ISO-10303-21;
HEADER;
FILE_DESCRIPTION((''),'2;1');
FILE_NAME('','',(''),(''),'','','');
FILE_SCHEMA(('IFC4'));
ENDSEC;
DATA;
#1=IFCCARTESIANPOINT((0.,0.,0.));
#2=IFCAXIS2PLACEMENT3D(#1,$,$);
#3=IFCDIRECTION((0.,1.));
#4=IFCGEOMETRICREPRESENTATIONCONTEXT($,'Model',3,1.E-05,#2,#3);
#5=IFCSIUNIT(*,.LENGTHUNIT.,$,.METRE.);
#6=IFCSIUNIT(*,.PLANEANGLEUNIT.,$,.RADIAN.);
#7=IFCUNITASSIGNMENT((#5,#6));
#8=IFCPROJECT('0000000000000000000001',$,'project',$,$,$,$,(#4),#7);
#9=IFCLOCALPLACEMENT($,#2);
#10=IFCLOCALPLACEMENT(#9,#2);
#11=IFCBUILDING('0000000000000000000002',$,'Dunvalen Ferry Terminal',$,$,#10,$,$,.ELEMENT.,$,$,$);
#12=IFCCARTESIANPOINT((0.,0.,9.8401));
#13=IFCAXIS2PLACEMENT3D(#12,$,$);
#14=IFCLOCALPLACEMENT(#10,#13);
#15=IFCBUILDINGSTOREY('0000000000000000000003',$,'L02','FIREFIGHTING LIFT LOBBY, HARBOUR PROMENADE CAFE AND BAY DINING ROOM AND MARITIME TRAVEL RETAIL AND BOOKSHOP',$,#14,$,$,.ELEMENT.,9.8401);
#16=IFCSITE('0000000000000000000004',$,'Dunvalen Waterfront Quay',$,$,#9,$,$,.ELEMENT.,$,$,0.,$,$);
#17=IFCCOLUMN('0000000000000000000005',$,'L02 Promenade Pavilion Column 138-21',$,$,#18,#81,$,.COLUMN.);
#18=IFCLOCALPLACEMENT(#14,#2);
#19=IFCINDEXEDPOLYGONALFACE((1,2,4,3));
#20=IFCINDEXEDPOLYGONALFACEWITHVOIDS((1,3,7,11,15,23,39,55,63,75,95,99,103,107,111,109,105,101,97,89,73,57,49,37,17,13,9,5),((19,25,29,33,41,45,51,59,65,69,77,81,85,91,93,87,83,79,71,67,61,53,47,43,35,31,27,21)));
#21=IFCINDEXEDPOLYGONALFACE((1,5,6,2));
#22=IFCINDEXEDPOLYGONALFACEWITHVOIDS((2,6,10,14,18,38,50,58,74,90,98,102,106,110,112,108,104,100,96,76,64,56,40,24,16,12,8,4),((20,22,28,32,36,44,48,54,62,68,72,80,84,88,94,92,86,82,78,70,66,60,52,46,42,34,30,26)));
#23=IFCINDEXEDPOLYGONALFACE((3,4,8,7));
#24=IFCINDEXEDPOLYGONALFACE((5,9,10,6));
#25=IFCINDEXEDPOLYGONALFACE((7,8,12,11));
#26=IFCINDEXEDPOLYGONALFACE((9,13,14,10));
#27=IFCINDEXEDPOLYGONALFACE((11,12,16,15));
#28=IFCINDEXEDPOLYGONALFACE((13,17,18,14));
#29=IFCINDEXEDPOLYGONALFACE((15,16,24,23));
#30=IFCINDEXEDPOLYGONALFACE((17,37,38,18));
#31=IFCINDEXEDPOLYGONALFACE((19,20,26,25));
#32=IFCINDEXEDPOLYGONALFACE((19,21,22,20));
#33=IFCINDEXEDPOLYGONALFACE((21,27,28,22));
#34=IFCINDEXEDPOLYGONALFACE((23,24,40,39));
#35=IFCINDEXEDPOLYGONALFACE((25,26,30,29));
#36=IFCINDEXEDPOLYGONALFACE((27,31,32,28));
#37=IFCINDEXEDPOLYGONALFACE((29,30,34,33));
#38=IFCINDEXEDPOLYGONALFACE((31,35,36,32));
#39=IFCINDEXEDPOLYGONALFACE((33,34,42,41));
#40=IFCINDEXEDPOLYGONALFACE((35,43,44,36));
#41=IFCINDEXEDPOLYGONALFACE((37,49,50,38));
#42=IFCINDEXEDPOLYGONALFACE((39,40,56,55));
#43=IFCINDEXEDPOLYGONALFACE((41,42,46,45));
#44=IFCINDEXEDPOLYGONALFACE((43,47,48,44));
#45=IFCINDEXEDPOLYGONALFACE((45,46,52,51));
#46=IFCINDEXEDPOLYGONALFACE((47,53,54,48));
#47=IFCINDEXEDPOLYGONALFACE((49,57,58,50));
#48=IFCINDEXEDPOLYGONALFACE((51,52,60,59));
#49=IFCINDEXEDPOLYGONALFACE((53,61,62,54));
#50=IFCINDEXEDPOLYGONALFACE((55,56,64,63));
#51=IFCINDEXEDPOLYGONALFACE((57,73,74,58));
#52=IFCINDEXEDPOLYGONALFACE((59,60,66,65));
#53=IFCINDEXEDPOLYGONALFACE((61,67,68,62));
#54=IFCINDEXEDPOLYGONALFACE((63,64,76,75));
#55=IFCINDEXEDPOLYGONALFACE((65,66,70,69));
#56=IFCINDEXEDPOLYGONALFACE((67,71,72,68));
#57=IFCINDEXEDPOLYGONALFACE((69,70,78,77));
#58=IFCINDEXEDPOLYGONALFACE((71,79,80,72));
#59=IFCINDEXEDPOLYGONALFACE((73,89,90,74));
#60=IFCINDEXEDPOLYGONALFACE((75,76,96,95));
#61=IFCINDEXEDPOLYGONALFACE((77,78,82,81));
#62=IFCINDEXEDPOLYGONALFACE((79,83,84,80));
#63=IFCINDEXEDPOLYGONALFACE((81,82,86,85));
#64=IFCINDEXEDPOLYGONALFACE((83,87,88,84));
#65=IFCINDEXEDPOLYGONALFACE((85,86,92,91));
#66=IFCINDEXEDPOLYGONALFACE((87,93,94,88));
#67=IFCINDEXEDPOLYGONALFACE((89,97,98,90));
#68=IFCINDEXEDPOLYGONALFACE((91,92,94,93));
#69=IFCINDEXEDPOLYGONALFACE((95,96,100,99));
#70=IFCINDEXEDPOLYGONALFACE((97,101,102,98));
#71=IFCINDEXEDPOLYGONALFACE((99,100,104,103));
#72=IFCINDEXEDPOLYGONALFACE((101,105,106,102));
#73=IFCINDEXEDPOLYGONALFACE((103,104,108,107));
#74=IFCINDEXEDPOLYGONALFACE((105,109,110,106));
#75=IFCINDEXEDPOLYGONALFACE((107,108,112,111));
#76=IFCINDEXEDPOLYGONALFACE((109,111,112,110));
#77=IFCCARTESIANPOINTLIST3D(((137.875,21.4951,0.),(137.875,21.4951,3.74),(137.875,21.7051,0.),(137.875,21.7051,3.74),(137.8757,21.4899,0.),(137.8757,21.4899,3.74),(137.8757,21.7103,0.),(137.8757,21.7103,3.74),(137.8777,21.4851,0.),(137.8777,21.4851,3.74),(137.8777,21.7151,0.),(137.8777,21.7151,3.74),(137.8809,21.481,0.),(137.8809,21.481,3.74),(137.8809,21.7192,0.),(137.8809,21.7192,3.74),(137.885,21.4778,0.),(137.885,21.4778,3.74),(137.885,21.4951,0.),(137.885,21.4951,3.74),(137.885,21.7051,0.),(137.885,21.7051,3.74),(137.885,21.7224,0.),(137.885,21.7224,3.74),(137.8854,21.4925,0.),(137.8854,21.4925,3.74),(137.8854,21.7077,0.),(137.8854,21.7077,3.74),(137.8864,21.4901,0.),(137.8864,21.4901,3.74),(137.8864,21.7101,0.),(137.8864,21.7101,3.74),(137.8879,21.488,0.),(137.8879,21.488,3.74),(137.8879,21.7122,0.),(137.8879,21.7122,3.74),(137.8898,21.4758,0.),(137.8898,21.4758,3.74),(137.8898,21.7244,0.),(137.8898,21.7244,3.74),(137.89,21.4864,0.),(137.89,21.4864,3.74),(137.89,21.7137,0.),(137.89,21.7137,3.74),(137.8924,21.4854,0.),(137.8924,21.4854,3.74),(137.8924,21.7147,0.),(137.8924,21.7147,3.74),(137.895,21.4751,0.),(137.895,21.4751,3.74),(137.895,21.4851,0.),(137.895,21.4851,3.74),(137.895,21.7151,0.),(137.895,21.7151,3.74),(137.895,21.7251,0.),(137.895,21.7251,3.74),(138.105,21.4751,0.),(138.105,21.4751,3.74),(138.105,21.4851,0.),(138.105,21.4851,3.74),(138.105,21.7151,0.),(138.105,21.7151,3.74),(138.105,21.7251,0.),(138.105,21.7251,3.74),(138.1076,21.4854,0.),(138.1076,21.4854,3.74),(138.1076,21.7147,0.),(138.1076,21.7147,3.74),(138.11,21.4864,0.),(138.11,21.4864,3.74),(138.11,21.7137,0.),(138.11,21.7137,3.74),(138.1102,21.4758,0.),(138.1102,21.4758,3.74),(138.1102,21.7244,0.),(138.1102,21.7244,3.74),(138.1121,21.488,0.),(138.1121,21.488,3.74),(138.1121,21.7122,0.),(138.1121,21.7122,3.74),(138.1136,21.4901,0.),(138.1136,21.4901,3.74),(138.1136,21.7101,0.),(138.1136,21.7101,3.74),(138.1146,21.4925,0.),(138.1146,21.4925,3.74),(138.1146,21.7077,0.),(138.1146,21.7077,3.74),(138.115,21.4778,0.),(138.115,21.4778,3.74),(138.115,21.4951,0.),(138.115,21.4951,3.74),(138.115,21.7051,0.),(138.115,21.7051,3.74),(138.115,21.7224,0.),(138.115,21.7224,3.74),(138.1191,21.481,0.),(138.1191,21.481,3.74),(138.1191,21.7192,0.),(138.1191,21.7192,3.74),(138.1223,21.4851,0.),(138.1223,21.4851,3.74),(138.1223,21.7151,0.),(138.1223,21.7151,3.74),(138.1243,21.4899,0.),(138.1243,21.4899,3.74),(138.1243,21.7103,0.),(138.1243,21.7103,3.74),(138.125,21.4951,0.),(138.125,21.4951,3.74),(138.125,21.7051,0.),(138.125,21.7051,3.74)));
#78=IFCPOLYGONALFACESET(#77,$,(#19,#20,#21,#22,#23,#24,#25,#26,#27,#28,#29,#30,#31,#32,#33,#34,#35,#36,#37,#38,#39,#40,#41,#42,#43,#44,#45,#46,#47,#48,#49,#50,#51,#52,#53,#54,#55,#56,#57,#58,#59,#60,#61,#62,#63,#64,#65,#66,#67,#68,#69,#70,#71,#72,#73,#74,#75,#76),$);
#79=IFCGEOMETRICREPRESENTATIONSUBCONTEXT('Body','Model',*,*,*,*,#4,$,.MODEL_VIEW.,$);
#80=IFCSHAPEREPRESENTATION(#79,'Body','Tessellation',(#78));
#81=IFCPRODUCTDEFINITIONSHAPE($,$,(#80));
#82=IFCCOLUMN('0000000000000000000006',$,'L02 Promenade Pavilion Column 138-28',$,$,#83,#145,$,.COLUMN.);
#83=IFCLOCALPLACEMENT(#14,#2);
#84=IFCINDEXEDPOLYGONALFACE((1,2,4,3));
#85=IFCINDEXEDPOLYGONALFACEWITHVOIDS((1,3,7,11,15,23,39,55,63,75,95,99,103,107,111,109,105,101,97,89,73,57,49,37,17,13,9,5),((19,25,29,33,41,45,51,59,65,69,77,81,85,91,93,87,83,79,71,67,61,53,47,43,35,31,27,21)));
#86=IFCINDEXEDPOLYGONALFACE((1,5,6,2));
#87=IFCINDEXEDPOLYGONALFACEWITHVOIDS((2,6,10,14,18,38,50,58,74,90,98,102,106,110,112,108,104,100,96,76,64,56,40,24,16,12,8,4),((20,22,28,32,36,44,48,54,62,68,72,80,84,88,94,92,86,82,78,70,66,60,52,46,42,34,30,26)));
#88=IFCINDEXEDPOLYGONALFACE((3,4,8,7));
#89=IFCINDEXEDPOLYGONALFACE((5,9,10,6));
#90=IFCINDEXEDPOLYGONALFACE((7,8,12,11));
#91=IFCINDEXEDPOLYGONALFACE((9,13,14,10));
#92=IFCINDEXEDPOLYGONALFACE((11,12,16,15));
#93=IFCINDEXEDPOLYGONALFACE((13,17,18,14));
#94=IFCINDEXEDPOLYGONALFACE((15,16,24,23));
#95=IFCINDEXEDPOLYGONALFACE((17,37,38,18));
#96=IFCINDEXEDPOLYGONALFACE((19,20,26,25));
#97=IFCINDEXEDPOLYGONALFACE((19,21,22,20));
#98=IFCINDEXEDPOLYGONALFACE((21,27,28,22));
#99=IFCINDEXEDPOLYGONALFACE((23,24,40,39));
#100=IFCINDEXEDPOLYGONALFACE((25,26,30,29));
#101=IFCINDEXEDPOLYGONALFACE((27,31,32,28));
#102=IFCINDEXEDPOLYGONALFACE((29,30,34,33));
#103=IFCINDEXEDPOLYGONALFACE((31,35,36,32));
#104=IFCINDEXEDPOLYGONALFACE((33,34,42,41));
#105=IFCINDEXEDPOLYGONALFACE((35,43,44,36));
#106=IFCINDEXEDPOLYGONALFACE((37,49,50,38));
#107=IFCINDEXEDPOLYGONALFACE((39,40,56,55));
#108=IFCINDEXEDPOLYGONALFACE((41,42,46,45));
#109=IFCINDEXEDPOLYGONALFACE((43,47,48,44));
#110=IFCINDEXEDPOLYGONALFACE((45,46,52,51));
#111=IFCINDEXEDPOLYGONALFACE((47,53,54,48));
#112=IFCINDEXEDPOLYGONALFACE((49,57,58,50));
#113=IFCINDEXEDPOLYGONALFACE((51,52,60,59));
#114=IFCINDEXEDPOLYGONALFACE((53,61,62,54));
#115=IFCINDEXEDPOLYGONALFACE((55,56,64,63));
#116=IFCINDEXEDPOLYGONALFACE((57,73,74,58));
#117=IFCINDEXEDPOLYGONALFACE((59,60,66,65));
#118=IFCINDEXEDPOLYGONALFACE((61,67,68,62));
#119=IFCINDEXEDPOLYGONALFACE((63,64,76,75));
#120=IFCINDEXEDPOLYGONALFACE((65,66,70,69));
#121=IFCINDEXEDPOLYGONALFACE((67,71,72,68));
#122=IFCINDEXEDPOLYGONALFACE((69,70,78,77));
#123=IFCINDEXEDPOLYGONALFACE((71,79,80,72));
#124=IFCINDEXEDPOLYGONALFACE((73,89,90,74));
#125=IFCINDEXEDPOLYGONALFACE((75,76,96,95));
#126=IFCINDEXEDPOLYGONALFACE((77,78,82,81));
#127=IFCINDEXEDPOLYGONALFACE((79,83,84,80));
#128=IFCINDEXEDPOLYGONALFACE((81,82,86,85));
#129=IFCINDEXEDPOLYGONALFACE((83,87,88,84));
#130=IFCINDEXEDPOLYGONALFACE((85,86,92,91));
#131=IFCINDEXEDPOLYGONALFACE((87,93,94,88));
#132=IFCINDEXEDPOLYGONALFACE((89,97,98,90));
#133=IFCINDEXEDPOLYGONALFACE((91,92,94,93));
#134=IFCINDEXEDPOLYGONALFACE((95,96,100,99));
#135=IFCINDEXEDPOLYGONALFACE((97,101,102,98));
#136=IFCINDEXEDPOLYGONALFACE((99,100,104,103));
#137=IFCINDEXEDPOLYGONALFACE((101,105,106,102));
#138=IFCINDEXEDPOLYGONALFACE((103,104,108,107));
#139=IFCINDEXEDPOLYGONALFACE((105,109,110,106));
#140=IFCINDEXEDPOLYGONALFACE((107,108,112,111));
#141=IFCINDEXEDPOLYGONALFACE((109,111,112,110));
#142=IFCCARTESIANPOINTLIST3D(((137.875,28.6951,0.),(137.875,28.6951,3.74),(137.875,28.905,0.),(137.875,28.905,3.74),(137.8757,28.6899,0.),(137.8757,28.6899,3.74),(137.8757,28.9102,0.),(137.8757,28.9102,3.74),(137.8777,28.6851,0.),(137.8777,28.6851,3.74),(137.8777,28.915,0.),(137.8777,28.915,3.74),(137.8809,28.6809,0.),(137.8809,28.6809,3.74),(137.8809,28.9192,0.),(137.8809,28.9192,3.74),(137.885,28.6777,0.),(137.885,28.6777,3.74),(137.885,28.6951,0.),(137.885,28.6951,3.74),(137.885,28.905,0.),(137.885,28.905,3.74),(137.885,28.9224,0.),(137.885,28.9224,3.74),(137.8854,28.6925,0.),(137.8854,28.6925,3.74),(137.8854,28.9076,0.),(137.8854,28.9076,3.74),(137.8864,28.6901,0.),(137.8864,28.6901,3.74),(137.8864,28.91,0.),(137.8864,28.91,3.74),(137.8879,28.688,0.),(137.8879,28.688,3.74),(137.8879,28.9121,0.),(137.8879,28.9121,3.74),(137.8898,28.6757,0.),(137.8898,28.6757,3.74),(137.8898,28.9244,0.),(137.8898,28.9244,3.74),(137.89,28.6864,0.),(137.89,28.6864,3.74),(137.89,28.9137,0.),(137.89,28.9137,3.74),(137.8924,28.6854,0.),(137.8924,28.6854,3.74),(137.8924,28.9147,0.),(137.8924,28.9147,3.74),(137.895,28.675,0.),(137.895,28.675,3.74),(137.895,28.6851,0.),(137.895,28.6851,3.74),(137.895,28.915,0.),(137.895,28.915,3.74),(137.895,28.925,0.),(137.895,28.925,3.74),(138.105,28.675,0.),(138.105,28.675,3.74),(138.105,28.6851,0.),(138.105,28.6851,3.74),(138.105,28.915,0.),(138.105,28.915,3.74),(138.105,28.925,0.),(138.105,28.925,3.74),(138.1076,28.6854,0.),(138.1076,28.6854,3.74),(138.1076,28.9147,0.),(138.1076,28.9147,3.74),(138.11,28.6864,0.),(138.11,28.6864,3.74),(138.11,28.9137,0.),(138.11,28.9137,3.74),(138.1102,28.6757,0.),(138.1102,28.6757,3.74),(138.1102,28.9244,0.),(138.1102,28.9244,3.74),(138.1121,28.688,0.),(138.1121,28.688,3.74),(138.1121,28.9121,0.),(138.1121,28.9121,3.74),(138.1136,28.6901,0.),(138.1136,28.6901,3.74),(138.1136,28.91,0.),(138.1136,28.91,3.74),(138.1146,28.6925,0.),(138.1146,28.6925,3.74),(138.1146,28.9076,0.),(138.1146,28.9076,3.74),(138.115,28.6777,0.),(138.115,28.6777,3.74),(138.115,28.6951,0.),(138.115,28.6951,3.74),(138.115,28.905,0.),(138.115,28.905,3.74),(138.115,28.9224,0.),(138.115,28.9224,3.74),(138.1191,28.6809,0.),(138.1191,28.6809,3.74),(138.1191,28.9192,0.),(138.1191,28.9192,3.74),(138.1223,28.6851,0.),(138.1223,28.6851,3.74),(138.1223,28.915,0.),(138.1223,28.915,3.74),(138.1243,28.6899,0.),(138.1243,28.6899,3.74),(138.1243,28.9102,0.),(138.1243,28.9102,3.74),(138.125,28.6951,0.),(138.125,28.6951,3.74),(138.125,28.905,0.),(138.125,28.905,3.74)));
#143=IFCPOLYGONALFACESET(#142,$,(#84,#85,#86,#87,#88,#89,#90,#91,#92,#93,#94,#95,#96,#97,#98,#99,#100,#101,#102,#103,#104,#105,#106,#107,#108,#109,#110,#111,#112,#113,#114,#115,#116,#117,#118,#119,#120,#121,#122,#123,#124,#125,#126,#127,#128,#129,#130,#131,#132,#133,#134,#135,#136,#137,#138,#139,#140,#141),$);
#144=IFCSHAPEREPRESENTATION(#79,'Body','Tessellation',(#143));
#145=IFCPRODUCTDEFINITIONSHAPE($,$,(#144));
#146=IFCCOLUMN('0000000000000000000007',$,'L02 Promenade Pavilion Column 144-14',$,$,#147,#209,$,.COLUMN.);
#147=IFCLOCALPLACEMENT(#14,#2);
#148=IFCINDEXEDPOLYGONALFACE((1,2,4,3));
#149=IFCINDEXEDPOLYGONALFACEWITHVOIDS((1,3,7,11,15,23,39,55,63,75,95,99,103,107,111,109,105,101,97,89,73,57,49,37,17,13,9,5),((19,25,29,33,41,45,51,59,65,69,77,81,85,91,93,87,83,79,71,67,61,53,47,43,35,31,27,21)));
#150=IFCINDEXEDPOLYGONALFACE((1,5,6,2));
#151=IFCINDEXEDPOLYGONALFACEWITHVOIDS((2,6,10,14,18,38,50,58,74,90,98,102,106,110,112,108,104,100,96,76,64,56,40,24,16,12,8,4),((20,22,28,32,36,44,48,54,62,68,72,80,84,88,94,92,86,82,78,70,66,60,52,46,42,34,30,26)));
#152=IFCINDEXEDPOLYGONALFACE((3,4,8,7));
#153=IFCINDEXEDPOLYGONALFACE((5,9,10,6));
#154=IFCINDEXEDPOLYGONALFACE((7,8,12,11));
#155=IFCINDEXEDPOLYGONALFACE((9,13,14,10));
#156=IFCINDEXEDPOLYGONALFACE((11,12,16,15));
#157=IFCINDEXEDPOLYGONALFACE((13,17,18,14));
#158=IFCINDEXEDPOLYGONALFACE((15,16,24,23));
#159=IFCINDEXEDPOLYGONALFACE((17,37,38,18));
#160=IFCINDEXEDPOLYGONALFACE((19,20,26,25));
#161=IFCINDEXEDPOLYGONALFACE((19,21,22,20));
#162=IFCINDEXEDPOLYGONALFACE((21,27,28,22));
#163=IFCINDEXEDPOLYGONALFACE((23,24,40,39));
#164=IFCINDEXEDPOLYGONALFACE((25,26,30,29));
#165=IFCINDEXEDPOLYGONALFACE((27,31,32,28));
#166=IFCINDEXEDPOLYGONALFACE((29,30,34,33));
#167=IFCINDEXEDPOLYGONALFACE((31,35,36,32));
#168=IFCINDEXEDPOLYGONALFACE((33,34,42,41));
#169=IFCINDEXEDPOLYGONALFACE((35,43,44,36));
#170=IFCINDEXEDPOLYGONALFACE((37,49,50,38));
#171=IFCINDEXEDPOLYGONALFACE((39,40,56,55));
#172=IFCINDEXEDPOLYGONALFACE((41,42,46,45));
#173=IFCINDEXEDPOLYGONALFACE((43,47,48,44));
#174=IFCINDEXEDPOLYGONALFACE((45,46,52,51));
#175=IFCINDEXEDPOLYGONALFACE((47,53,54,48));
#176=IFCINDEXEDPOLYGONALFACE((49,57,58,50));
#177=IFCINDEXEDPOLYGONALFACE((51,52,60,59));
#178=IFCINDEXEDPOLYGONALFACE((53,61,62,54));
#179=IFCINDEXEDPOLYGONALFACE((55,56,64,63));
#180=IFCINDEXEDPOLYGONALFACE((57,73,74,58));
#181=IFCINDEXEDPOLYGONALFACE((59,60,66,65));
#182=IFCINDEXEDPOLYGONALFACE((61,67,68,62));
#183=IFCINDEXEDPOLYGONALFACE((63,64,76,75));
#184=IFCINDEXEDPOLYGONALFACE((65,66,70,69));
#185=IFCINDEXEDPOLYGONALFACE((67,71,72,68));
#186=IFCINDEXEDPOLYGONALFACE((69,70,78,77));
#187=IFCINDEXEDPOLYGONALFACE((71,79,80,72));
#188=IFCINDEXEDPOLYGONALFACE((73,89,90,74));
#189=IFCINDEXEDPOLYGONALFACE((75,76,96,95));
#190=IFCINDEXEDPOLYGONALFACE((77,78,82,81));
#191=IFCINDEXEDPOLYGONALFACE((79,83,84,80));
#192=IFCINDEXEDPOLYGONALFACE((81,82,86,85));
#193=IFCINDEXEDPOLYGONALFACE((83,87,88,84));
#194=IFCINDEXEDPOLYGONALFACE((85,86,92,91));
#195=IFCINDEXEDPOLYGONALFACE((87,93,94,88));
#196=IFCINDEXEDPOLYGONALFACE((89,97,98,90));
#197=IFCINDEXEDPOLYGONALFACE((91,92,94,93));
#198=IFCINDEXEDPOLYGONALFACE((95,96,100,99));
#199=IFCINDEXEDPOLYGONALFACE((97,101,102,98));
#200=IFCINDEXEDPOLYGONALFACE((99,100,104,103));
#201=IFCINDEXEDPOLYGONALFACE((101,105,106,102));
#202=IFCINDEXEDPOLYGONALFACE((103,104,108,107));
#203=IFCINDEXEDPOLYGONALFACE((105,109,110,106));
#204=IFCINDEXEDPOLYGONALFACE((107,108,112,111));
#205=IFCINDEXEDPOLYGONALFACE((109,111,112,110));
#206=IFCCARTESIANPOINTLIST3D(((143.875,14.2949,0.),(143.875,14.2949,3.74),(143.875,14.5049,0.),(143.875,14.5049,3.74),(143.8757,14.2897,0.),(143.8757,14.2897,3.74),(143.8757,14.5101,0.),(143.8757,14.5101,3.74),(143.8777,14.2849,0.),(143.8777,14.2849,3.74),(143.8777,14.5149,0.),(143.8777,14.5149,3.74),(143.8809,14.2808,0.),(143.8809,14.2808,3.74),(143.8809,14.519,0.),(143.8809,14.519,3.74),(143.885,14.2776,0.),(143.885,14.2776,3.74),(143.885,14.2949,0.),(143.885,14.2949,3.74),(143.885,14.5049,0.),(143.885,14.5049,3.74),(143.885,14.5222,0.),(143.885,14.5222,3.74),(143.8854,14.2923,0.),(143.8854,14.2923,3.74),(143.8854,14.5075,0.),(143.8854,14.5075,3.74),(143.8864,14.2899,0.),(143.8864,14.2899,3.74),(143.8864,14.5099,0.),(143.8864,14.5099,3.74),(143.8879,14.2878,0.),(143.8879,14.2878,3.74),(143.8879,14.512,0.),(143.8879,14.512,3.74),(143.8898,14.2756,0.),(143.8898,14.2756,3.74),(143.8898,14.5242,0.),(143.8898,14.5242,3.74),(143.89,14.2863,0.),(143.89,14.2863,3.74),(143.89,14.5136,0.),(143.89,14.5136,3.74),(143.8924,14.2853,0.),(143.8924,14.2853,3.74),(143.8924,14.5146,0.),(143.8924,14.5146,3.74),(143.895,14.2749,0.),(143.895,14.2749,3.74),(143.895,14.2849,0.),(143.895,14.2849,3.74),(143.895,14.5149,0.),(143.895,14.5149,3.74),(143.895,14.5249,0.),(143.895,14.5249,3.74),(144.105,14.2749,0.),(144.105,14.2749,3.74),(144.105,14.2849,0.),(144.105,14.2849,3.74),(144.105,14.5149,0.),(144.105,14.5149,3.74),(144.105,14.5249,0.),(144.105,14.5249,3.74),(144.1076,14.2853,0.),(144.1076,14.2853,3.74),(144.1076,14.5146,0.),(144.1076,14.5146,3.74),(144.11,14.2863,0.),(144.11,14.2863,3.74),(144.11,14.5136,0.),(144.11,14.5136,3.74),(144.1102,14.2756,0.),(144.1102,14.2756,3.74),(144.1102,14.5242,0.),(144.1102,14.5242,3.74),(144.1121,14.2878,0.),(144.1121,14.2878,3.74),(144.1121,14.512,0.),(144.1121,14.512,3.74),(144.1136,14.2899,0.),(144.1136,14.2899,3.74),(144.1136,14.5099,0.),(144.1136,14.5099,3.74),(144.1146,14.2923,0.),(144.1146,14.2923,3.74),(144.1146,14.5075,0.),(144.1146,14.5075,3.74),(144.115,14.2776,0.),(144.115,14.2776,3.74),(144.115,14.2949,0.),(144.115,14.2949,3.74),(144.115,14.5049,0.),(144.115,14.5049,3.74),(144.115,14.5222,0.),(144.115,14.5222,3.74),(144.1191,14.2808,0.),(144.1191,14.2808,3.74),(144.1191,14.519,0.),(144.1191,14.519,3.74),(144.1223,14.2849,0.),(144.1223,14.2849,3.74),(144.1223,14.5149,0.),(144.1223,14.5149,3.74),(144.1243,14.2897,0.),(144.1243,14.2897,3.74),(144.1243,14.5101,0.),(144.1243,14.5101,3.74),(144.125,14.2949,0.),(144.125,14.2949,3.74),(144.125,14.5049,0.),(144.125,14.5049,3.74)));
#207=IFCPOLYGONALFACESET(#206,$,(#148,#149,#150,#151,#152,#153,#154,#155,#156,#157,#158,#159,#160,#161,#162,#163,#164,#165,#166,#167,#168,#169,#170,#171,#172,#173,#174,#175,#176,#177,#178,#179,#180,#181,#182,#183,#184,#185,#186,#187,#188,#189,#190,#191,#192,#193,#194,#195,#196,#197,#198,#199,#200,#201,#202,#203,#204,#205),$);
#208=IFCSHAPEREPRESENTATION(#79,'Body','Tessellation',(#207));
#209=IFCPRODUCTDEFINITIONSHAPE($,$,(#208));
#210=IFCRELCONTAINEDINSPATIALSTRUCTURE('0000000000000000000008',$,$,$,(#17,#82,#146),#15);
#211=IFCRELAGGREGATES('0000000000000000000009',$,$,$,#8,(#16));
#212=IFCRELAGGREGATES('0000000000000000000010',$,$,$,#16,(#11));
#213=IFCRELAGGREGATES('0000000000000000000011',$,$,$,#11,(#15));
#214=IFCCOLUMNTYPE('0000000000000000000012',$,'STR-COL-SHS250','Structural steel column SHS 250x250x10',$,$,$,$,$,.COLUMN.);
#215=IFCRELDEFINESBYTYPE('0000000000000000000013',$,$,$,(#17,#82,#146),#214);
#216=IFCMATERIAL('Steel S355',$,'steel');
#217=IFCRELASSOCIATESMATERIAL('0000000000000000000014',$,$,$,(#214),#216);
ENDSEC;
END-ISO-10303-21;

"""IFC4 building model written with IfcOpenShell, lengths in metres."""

from ifc_helpers import new_model, si_unit, direction, frame, origin, origin_2d, place, context, subcontext, project, spatial, hollow_rectangle, extrude, material, material_profile, profile_set, type_object, element, save


model = new_model("IFC4")

# Units and contexts
model_context = context("Model", 3, precision=1e-05, world=origin(), true_north=direction((0.0, 1.0)))
body_context = subcontext(model_context, "Body", "Model", "MODEL_VIEW")
ifc_project = project(units=[si_unit("LENGTHUNIT", "METRE"), si_unit("PLANEANGLEUNIT", "RADIAN")], contexts=[model_context])

# Site, building, storey
site_placement = place(None, origin())
site = spatial("IfcSite", under=ifc_project, at=site_placement, Name="Dunvalen Waterfront Quay", CompositionType="ELEMENT", RefElevation=0.0)
building_placement = place(site_placement, origin())
building = spatial("IfcBuilding", under=site, at=building_placement, Name="Dunvalen Ferry Terminal", CompositionType="ELEMENT")
storey_placement = place(building_placement, frame((0.0, 0.0, 9.8401)))
storey = spatial("IfcBuildingStorey", under=building, at=storey_placement, Name="L02", Description="FIREFIGHTING LIFT LOBBY, HARBOUR PROMENADE CAFE AND BAY DINING ROOM AND MARITIME TRAVEL RETAIL AND BOOKSHOP", CompositionType="ELEMENT", Elevation=9.8401)

# Columns
ifc_material_1 = material(Name="Steel S355", Category="steel")
ifc_material_profile_1 = material_profile(ifc_material_1, hollow_rectangle(XDim=0.25, YDim=0.25, WallThickness=0.01, InnerFilletRadius=0.01, OuterFilletRadius=0.02, at=origin_2d()), Name="Steel S355")
ifc_profile_set_1 = profile_set([ifc_material_profile_1], Name="Steel S355")
column_type = type_object("IfcColumnType", Name="STR-COL-SHS250", Description="Structural steel column SHS 250x250x10", PredefinedType="COLUMN", material=ifc_profile_set_1)
for number, where, z_axis, x_axis, name in (
    (1, (138.0, 21.6001, 0.0), (0.0, 0.0, 1.0), (1.0, 0.0, 0.0), "L02 Promenade Pavilion Column 138-21"),
    (2, (138.0, 28.8, 0.0), (0.0, 0.0, 1.0), (1.0, 0.0, 0.0), "L02 Promenade Pavilion Column 138-28"),
    (3, (144.0, 14.3999, 0.0), (0.0, 0.0, 1.0), (1.0, 0.0, 0.0), "L02 Promenade Pavilion Column 144-14"),
):
    element("IfcColumn", number, at=place(storey_placement, frame(where, z_axis=z_axis, x_axis=x_axis)), inside=storey, type_object=column_type, Name=name, PredefinedType="COLUMN", context=body_context, shape_type="SweptSolid", body=[
        extrude(hollow_rectangle(XDim=0.25, YDim=0.25, WallThickness=0.01, InnerFilletRadius=0.01, OuterFilletRadius=0.02, at=origin_2d()), origin(), (0.0, 0.0, 1.0), 3.74),
    ])

save(model, "model.ifc")
